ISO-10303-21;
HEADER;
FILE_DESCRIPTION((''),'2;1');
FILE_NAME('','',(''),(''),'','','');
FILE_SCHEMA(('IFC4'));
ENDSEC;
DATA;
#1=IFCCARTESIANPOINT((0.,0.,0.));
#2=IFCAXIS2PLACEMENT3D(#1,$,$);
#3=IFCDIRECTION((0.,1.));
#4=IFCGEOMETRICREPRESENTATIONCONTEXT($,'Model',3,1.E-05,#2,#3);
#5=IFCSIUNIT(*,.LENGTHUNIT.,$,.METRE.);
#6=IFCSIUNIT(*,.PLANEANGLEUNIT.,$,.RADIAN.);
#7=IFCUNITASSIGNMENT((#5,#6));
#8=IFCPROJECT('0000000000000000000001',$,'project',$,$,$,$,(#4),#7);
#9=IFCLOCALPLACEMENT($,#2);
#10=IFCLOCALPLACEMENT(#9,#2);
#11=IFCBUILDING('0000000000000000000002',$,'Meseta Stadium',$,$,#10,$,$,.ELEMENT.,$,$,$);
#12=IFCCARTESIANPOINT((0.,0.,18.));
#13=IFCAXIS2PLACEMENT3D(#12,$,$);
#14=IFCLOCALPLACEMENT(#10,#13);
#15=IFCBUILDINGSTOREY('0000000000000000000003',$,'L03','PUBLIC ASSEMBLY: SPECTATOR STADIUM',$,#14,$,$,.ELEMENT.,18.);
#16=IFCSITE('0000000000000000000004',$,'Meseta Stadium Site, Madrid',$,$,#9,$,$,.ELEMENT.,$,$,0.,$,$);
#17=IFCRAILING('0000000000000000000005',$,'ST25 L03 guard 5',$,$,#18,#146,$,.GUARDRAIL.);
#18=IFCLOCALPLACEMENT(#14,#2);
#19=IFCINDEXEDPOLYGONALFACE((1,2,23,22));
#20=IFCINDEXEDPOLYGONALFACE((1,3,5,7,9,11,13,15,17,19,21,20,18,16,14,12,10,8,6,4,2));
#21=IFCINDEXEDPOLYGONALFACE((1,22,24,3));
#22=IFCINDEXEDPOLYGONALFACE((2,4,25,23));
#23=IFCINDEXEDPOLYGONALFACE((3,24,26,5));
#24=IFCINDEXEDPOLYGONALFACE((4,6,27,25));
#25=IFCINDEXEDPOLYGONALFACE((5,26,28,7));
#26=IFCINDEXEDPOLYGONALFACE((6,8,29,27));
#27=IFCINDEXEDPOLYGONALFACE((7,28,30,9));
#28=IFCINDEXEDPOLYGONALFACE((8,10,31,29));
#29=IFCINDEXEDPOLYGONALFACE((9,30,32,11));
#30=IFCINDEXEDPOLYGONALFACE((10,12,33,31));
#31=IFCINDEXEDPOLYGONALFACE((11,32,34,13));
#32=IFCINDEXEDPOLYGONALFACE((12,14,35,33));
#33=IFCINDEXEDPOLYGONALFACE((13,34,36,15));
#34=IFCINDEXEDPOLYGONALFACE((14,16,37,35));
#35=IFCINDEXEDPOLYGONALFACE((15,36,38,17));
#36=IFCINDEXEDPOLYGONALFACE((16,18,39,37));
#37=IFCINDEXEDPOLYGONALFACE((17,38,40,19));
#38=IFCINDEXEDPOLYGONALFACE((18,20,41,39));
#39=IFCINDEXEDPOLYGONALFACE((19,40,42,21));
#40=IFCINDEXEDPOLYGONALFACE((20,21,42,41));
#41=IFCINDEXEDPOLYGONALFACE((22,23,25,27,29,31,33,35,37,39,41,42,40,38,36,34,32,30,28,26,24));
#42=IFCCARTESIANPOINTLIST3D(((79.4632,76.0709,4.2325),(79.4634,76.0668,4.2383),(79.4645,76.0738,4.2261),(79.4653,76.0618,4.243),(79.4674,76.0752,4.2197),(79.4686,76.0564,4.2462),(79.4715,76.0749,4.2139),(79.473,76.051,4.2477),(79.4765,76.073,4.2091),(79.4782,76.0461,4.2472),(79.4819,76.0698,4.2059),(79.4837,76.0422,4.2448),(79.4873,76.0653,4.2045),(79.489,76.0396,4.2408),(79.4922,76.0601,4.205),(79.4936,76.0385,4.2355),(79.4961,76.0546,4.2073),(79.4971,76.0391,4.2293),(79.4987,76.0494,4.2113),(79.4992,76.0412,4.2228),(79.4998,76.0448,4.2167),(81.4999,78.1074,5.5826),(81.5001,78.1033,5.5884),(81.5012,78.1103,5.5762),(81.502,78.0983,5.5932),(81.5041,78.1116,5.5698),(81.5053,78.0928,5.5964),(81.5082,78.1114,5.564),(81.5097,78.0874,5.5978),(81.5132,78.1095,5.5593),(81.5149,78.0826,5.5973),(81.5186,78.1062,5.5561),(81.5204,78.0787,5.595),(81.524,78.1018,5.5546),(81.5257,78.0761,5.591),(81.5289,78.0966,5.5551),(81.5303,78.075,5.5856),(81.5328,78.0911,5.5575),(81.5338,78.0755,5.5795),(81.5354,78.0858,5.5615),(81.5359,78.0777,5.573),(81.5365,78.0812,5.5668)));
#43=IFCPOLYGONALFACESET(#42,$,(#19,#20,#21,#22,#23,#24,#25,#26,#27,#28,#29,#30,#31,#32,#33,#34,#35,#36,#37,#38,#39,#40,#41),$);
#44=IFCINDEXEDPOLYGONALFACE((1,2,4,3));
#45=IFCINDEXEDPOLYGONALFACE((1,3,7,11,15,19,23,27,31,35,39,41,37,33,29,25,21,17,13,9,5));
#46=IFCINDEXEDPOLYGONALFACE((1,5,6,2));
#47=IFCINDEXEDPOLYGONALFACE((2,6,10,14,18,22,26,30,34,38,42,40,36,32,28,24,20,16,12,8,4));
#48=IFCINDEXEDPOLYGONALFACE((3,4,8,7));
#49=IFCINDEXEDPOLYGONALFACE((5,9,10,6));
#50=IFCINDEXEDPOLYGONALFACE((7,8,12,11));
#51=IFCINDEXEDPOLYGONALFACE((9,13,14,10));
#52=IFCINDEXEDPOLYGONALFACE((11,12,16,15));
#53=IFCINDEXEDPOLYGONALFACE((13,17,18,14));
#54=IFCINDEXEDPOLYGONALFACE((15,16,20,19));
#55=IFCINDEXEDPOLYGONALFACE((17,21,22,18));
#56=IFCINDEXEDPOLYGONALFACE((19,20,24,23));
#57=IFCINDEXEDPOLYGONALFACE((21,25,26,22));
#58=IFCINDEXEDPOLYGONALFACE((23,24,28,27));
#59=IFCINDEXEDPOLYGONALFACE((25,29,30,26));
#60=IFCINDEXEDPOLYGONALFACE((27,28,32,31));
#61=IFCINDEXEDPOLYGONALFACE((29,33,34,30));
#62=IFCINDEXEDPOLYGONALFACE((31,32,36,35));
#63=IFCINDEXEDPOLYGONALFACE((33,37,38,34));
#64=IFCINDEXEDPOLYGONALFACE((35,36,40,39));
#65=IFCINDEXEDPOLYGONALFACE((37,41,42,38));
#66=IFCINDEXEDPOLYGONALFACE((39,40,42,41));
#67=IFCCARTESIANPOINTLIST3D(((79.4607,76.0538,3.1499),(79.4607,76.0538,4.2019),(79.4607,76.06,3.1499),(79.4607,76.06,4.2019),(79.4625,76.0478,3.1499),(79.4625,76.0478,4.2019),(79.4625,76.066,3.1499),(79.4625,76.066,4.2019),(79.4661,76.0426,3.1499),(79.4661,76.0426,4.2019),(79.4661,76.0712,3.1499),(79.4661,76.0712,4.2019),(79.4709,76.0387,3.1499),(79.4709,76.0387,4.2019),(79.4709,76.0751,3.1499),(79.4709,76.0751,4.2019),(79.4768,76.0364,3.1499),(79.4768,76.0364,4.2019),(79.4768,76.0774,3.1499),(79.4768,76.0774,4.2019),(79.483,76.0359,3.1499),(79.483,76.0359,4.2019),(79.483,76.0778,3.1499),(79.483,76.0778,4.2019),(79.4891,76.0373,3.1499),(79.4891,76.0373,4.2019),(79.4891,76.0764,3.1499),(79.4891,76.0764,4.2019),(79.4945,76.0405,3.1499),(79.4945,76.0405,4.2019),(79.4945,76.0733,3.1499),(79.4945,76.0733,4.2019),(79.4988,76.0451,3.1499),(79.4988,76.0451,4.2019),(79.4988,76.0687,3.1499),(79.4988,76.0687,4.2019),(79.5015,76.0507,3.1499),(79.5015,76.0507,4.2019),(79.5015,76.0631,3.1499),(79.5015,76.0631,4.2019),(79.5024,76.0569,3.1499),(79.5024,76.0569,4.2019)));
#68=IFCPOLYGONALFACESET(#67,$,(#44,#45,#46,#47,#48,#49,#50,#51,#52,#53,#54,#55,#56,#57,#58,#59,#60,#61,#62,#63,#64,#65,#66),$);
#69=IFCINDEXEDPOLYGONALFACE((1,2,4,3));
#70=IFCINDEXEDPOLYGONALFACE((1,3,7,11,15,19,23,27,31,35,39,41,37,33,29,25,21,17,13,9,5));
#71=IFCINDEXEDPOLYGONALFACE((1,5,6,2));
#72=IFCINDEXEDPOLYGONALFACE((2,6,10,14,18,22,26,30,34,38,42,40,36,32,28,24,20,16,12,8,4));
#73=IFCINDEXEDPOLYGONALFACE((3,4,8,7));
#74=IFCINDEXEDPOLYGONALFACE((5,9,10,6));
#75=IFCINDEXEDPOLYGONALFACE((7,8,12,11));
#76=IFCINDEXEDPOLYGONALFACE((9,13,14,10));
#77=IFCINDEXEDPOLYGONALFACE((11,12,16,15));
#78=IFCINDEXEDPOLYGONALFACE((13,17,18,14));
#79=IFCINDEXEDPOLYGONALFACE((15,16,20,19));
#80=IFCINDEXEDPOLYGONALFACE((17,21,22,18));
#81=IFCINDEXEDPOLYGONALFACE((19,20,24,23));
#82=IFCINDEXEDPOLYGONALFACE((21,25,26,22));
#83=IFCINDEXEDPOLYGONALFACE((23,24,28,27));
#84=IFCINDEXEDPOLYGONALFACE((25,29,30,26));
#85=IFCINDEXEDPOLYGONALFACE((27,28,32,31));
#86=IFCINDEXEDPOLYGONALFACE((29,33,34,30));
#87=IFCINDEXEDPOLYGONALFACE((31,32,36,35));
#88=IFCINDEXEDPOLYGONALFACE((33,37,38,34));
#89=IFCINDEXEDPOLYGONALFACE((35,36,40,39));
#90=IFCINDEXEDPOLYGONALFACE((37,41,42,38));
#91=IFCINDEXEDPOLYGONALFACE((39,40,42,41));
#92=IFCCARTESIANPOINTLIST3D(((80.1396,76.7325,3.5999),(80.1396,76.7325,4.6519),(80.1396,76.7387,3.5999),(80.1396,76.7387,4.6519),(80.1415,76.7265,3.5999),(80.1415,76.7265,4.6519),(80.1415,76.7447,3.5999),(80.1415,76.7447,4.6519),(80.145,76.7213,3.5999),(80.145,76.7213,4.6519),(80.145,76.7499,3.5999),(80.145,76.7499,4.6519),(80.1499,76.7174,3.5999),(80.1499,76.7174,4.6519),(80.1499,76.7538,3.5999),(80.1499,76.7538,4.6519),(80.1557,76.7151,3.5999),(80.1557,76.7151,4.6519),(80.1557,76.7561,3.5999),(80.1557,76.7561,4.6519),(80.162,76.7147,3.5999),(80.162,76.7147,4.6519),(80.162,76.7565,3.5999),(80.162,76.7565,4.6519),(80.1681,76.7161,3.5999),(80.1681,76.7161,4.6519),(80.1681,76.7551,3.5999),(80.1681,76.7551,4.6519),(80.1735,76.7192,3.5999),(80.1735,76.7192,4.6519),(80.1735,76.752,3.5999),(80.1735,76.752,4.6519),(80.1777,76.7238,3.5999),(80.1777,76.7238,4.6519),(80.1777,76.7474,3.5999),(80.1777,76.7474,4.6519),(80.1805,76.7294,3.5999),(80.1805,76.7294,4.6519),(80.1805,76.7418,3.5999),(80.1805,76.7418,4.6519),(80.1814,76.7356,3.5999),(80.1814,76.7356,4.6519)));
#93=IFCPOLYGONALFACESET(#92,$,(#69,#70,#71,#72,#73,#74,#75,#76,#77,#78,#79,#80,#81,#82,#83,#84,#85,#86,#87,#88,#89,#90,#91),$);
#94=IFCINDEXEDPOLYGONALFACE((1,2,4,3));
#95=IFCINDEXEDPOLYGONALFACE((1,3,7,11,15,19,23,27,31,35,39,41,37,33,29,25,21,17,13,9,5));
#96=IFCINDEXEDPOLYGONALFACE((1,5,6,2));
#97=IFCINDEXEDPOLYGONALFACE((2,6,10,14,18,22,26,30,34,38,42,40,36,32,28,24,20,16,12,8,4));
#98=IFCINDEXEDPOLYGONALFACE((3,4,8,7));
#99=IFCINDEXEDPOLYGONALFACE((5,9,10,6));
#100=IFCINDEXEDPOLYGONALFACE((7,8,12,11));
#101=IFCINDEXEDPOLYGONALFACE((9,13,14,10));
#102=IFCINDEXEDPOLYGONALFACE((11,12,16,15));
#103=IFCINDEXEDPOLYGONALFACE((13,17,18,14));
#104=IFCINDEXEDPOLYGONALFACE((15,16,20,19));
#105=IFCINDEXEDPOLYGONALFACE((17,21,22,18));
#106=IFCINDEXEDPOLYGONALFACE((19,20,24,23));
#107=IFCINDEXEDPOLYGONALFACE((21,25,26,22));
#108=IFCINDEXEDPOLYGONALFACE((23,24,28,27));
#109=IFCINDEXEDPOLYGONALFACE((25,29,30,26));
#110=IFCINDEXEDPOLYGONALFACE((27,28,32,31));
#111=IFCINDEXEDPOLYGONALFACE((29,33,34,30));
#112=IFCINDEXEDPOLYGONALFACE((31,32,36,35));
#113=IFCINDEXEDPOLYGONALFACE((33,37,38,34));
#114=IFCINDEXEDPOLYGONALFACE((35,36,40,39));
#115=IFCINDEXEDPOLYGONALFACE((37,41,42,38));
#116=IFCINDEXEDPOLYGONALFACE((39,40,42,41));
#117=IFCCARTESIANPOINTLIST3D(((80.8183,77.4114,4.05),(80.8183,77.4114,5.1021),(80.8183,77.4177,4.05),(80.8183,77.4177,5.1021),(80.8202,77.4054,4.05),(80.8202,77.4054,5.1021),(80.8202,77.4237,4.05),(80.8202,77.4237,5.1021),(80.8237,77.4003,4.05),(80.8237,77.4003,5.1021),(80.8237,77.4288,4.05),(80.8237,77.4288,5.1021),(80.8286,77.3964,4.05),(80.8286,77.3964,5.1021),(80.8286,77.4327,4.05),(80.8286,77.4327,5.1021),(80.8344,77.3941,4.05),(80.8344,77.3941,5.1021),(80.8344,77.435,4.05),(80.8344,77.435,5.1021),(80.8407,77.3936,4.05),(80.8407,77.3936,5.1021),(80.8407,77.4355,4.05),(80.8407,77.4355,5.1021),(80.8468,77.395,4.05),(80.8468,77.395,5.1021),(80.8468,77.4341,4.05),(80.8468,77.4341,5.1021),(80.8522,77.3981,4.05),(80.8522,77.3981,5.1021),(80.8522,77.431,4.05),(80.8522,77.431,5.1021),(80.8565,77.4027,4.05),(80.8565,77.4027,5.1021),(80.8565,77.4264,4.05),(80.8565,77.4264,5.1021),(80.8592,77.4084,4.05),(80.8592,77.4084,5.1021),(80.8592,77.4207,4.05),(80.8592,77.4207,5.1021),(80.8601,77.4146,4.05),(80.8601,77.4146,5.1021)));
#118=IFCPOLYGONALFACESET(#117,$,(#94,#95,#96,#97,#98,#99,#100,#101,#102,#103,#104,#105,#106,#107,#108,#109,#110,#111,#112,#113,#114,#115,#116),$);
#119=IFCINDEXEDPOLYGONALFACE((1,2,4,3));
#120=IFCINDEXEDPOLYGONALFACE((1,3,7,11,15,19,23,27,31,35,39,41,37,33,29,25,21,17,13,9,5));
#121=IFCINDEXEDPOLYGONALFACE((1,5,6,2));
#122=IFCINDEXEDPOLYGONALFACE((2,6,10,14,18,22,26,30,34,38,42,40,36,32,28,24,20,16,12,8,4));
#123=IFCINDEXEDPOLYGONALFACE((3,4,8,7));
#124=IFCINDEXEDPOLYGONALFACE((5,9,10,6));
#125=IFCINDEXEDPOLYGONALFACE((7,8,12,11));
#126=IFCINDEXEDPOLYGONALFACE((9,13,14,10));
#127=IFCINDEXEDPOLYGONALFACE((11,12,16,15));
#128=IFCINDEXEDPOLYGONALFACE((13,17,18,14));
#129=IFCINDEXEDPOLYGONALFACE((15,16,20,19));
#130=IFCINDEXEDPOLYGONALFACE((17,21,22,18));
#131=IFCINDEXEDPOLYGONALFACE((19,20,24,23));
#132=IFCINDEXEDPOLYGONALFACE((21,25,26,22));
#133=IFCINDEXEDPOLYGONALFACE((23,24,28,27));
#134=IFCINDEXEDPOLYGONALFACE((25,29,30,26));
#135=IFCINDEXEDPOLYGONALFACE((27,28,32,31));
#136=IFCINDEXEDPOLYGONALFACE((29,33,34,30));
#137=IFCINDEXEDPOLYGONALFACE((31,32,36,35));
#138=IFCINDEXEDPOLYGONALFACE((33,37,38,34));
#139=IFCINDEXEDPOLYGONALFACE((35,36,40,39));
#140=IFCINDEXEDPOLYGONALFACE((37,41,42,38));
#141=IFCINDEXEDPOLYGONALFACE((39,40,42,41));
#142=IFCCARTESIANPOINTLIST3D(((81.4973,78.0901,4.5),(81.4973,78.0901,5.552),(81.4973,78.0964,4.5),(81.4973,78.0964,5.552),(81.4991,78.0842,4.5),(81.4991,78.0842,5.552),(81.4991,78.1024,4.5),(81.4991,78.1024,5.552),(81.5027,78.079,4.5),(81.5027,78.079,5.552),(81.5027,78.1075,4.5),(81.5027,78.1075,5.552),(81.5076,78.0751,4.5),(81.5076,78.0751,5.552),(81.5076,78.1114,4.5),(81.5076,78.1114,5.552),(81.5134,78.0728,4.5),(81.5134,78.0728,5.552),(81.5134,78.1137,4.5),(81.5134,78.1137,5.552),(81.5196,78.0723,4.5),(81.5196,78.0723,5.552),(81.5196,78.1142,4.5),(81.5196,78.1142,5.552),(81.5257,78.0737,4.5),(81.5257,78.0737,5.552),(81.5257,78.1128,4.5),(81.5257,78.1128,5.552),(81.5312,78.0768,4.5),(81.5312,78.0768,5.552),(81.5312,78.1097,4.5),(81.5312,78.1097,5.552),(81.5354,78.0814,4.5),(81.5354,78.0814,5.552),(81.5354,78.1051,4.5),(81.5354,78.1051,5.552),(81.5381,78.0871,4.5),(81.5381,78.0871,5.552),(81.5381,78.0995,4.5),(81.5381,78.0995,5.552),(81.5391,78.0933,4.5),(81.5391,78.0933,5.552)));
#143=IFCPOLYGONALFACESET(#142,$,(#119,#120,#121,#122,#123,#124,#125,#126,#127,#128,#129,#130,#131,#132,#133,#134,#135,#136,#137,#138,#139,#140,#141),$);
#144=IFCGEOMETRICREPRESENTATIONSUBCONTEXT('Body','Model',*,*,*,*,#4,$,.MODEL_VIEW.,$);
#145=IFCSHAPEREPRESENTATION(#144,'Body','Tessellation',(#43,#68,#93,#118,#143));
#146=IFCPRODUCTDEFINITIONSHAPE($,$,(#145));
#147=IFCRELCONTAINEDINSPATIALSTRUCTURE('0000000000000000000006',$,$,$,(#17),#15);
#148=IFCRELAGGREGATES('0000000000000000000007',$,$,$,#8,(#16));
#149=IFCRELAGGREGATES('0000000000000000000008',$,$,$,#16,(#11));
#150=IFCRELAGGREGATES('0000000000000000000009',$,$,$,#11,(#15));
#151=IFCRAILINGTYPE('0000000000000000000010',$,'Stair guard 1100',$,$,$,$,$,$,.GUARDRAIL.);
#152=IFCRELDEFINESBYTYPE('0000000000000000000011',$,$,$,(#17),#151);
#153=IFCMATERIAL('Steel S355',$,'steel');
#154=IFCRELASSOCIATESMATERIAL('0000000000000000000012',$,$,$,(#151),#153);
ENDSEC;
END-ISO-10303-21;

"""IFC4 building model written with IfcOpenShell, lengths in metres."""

from ifc_helpers import new_model, si_unit, direction, frame, origin, origin_2d, place, context, subcontext, project, spatial, circle, extrude, material, type_object, element, save


model = new_model("IFC4")

# Units and contexts
model_context = context("Model", 3, precision=1e-05, world=origin(), true_north=direction((0.0, 1.0)))
body_context = subcontext(model_context, "Body", "Model", "MODEL_VIEW")
ifc_project = project(units=[si_unit("LENGTHUNIT", "METRE"), si_unit("PLANEANGLEUNIT", "RADIAN")], contexts=[model_context])

# Site, building, storey
site_placement = place(None, origin())
site = spatial("IfcSite", under=ifc_project, at=site_placement, Name="Meseta Stadium Site, Madrid", CompositionType="ELEMENT", RefElevation=0.0)
building_placement = place(site_placement, origin())
building = spatial("IfcBuilding", under=site, at=building_placement, Name="Meseta Stadium", CompositionType="ELEMENT")
storey_placement = place(building_placement, frame((0.0, 0.0, 18.0)))
storey = spatial("IfcBuildingStorey", under=building, at=storey_placement, Name="L03", Description="PUBLIC ASSEMBLY: SPECTATOR STADIUM", CompositionType="ELEMENT", Elevation=18.0)

# Railing
ifc_material_1 = material(Name="Steel S355", Category="steel")
railing_type_1 = type_object("IfcRailingType", Name="Stair guard 1100", PredefinedType="GUARDRAIL", material=ifc_material_1)
railing_1_placement = place(storey_placement, frame((79.4814, 76.0569, 3.1499)))
element("IfcRailing", 1, at=railing_1_placement, inside=storey, type_object=railing_type_1, Name="ST25 L03 guard 5", PredefinedType="GUARDRAIL", context=body_context, shape_type="SweptSolid", body=[
    extrude(circle(Radius=0.0239, at=origin_2d()), frame((0.0, 0.0, 1.0762), z_axis=(0.640288, 0.640211, 0.424454), x_axis=(-0.707064, 0.707149, 0.0)), (0.0, 0.0, 1.0), 3.1809),
    extrude(circle(Radius=0.021, at=origin_2d()), origin(), (0.0, 0.0, 1.0), 1.052),
    extrude(circle(Radius=0.021, at=origin_2d()), frame((0.679, 0.6787, 0.45)), (0.0, 0.0, 1.0), 1.052),
    extrude(circle(Radius=0.021, at=origin_2d()), frame((1.3577, 1.3577, 0.9001)), (0.0, 0.0, 1.0), 1.052),
    extrude(circle(Radius=0.021, at=origin_2d()), frame((2.0366, 2.0364, 1.3501)), (0.0, 0.0, 1.0), 1.052),
])

save(model, "model.ifc")
